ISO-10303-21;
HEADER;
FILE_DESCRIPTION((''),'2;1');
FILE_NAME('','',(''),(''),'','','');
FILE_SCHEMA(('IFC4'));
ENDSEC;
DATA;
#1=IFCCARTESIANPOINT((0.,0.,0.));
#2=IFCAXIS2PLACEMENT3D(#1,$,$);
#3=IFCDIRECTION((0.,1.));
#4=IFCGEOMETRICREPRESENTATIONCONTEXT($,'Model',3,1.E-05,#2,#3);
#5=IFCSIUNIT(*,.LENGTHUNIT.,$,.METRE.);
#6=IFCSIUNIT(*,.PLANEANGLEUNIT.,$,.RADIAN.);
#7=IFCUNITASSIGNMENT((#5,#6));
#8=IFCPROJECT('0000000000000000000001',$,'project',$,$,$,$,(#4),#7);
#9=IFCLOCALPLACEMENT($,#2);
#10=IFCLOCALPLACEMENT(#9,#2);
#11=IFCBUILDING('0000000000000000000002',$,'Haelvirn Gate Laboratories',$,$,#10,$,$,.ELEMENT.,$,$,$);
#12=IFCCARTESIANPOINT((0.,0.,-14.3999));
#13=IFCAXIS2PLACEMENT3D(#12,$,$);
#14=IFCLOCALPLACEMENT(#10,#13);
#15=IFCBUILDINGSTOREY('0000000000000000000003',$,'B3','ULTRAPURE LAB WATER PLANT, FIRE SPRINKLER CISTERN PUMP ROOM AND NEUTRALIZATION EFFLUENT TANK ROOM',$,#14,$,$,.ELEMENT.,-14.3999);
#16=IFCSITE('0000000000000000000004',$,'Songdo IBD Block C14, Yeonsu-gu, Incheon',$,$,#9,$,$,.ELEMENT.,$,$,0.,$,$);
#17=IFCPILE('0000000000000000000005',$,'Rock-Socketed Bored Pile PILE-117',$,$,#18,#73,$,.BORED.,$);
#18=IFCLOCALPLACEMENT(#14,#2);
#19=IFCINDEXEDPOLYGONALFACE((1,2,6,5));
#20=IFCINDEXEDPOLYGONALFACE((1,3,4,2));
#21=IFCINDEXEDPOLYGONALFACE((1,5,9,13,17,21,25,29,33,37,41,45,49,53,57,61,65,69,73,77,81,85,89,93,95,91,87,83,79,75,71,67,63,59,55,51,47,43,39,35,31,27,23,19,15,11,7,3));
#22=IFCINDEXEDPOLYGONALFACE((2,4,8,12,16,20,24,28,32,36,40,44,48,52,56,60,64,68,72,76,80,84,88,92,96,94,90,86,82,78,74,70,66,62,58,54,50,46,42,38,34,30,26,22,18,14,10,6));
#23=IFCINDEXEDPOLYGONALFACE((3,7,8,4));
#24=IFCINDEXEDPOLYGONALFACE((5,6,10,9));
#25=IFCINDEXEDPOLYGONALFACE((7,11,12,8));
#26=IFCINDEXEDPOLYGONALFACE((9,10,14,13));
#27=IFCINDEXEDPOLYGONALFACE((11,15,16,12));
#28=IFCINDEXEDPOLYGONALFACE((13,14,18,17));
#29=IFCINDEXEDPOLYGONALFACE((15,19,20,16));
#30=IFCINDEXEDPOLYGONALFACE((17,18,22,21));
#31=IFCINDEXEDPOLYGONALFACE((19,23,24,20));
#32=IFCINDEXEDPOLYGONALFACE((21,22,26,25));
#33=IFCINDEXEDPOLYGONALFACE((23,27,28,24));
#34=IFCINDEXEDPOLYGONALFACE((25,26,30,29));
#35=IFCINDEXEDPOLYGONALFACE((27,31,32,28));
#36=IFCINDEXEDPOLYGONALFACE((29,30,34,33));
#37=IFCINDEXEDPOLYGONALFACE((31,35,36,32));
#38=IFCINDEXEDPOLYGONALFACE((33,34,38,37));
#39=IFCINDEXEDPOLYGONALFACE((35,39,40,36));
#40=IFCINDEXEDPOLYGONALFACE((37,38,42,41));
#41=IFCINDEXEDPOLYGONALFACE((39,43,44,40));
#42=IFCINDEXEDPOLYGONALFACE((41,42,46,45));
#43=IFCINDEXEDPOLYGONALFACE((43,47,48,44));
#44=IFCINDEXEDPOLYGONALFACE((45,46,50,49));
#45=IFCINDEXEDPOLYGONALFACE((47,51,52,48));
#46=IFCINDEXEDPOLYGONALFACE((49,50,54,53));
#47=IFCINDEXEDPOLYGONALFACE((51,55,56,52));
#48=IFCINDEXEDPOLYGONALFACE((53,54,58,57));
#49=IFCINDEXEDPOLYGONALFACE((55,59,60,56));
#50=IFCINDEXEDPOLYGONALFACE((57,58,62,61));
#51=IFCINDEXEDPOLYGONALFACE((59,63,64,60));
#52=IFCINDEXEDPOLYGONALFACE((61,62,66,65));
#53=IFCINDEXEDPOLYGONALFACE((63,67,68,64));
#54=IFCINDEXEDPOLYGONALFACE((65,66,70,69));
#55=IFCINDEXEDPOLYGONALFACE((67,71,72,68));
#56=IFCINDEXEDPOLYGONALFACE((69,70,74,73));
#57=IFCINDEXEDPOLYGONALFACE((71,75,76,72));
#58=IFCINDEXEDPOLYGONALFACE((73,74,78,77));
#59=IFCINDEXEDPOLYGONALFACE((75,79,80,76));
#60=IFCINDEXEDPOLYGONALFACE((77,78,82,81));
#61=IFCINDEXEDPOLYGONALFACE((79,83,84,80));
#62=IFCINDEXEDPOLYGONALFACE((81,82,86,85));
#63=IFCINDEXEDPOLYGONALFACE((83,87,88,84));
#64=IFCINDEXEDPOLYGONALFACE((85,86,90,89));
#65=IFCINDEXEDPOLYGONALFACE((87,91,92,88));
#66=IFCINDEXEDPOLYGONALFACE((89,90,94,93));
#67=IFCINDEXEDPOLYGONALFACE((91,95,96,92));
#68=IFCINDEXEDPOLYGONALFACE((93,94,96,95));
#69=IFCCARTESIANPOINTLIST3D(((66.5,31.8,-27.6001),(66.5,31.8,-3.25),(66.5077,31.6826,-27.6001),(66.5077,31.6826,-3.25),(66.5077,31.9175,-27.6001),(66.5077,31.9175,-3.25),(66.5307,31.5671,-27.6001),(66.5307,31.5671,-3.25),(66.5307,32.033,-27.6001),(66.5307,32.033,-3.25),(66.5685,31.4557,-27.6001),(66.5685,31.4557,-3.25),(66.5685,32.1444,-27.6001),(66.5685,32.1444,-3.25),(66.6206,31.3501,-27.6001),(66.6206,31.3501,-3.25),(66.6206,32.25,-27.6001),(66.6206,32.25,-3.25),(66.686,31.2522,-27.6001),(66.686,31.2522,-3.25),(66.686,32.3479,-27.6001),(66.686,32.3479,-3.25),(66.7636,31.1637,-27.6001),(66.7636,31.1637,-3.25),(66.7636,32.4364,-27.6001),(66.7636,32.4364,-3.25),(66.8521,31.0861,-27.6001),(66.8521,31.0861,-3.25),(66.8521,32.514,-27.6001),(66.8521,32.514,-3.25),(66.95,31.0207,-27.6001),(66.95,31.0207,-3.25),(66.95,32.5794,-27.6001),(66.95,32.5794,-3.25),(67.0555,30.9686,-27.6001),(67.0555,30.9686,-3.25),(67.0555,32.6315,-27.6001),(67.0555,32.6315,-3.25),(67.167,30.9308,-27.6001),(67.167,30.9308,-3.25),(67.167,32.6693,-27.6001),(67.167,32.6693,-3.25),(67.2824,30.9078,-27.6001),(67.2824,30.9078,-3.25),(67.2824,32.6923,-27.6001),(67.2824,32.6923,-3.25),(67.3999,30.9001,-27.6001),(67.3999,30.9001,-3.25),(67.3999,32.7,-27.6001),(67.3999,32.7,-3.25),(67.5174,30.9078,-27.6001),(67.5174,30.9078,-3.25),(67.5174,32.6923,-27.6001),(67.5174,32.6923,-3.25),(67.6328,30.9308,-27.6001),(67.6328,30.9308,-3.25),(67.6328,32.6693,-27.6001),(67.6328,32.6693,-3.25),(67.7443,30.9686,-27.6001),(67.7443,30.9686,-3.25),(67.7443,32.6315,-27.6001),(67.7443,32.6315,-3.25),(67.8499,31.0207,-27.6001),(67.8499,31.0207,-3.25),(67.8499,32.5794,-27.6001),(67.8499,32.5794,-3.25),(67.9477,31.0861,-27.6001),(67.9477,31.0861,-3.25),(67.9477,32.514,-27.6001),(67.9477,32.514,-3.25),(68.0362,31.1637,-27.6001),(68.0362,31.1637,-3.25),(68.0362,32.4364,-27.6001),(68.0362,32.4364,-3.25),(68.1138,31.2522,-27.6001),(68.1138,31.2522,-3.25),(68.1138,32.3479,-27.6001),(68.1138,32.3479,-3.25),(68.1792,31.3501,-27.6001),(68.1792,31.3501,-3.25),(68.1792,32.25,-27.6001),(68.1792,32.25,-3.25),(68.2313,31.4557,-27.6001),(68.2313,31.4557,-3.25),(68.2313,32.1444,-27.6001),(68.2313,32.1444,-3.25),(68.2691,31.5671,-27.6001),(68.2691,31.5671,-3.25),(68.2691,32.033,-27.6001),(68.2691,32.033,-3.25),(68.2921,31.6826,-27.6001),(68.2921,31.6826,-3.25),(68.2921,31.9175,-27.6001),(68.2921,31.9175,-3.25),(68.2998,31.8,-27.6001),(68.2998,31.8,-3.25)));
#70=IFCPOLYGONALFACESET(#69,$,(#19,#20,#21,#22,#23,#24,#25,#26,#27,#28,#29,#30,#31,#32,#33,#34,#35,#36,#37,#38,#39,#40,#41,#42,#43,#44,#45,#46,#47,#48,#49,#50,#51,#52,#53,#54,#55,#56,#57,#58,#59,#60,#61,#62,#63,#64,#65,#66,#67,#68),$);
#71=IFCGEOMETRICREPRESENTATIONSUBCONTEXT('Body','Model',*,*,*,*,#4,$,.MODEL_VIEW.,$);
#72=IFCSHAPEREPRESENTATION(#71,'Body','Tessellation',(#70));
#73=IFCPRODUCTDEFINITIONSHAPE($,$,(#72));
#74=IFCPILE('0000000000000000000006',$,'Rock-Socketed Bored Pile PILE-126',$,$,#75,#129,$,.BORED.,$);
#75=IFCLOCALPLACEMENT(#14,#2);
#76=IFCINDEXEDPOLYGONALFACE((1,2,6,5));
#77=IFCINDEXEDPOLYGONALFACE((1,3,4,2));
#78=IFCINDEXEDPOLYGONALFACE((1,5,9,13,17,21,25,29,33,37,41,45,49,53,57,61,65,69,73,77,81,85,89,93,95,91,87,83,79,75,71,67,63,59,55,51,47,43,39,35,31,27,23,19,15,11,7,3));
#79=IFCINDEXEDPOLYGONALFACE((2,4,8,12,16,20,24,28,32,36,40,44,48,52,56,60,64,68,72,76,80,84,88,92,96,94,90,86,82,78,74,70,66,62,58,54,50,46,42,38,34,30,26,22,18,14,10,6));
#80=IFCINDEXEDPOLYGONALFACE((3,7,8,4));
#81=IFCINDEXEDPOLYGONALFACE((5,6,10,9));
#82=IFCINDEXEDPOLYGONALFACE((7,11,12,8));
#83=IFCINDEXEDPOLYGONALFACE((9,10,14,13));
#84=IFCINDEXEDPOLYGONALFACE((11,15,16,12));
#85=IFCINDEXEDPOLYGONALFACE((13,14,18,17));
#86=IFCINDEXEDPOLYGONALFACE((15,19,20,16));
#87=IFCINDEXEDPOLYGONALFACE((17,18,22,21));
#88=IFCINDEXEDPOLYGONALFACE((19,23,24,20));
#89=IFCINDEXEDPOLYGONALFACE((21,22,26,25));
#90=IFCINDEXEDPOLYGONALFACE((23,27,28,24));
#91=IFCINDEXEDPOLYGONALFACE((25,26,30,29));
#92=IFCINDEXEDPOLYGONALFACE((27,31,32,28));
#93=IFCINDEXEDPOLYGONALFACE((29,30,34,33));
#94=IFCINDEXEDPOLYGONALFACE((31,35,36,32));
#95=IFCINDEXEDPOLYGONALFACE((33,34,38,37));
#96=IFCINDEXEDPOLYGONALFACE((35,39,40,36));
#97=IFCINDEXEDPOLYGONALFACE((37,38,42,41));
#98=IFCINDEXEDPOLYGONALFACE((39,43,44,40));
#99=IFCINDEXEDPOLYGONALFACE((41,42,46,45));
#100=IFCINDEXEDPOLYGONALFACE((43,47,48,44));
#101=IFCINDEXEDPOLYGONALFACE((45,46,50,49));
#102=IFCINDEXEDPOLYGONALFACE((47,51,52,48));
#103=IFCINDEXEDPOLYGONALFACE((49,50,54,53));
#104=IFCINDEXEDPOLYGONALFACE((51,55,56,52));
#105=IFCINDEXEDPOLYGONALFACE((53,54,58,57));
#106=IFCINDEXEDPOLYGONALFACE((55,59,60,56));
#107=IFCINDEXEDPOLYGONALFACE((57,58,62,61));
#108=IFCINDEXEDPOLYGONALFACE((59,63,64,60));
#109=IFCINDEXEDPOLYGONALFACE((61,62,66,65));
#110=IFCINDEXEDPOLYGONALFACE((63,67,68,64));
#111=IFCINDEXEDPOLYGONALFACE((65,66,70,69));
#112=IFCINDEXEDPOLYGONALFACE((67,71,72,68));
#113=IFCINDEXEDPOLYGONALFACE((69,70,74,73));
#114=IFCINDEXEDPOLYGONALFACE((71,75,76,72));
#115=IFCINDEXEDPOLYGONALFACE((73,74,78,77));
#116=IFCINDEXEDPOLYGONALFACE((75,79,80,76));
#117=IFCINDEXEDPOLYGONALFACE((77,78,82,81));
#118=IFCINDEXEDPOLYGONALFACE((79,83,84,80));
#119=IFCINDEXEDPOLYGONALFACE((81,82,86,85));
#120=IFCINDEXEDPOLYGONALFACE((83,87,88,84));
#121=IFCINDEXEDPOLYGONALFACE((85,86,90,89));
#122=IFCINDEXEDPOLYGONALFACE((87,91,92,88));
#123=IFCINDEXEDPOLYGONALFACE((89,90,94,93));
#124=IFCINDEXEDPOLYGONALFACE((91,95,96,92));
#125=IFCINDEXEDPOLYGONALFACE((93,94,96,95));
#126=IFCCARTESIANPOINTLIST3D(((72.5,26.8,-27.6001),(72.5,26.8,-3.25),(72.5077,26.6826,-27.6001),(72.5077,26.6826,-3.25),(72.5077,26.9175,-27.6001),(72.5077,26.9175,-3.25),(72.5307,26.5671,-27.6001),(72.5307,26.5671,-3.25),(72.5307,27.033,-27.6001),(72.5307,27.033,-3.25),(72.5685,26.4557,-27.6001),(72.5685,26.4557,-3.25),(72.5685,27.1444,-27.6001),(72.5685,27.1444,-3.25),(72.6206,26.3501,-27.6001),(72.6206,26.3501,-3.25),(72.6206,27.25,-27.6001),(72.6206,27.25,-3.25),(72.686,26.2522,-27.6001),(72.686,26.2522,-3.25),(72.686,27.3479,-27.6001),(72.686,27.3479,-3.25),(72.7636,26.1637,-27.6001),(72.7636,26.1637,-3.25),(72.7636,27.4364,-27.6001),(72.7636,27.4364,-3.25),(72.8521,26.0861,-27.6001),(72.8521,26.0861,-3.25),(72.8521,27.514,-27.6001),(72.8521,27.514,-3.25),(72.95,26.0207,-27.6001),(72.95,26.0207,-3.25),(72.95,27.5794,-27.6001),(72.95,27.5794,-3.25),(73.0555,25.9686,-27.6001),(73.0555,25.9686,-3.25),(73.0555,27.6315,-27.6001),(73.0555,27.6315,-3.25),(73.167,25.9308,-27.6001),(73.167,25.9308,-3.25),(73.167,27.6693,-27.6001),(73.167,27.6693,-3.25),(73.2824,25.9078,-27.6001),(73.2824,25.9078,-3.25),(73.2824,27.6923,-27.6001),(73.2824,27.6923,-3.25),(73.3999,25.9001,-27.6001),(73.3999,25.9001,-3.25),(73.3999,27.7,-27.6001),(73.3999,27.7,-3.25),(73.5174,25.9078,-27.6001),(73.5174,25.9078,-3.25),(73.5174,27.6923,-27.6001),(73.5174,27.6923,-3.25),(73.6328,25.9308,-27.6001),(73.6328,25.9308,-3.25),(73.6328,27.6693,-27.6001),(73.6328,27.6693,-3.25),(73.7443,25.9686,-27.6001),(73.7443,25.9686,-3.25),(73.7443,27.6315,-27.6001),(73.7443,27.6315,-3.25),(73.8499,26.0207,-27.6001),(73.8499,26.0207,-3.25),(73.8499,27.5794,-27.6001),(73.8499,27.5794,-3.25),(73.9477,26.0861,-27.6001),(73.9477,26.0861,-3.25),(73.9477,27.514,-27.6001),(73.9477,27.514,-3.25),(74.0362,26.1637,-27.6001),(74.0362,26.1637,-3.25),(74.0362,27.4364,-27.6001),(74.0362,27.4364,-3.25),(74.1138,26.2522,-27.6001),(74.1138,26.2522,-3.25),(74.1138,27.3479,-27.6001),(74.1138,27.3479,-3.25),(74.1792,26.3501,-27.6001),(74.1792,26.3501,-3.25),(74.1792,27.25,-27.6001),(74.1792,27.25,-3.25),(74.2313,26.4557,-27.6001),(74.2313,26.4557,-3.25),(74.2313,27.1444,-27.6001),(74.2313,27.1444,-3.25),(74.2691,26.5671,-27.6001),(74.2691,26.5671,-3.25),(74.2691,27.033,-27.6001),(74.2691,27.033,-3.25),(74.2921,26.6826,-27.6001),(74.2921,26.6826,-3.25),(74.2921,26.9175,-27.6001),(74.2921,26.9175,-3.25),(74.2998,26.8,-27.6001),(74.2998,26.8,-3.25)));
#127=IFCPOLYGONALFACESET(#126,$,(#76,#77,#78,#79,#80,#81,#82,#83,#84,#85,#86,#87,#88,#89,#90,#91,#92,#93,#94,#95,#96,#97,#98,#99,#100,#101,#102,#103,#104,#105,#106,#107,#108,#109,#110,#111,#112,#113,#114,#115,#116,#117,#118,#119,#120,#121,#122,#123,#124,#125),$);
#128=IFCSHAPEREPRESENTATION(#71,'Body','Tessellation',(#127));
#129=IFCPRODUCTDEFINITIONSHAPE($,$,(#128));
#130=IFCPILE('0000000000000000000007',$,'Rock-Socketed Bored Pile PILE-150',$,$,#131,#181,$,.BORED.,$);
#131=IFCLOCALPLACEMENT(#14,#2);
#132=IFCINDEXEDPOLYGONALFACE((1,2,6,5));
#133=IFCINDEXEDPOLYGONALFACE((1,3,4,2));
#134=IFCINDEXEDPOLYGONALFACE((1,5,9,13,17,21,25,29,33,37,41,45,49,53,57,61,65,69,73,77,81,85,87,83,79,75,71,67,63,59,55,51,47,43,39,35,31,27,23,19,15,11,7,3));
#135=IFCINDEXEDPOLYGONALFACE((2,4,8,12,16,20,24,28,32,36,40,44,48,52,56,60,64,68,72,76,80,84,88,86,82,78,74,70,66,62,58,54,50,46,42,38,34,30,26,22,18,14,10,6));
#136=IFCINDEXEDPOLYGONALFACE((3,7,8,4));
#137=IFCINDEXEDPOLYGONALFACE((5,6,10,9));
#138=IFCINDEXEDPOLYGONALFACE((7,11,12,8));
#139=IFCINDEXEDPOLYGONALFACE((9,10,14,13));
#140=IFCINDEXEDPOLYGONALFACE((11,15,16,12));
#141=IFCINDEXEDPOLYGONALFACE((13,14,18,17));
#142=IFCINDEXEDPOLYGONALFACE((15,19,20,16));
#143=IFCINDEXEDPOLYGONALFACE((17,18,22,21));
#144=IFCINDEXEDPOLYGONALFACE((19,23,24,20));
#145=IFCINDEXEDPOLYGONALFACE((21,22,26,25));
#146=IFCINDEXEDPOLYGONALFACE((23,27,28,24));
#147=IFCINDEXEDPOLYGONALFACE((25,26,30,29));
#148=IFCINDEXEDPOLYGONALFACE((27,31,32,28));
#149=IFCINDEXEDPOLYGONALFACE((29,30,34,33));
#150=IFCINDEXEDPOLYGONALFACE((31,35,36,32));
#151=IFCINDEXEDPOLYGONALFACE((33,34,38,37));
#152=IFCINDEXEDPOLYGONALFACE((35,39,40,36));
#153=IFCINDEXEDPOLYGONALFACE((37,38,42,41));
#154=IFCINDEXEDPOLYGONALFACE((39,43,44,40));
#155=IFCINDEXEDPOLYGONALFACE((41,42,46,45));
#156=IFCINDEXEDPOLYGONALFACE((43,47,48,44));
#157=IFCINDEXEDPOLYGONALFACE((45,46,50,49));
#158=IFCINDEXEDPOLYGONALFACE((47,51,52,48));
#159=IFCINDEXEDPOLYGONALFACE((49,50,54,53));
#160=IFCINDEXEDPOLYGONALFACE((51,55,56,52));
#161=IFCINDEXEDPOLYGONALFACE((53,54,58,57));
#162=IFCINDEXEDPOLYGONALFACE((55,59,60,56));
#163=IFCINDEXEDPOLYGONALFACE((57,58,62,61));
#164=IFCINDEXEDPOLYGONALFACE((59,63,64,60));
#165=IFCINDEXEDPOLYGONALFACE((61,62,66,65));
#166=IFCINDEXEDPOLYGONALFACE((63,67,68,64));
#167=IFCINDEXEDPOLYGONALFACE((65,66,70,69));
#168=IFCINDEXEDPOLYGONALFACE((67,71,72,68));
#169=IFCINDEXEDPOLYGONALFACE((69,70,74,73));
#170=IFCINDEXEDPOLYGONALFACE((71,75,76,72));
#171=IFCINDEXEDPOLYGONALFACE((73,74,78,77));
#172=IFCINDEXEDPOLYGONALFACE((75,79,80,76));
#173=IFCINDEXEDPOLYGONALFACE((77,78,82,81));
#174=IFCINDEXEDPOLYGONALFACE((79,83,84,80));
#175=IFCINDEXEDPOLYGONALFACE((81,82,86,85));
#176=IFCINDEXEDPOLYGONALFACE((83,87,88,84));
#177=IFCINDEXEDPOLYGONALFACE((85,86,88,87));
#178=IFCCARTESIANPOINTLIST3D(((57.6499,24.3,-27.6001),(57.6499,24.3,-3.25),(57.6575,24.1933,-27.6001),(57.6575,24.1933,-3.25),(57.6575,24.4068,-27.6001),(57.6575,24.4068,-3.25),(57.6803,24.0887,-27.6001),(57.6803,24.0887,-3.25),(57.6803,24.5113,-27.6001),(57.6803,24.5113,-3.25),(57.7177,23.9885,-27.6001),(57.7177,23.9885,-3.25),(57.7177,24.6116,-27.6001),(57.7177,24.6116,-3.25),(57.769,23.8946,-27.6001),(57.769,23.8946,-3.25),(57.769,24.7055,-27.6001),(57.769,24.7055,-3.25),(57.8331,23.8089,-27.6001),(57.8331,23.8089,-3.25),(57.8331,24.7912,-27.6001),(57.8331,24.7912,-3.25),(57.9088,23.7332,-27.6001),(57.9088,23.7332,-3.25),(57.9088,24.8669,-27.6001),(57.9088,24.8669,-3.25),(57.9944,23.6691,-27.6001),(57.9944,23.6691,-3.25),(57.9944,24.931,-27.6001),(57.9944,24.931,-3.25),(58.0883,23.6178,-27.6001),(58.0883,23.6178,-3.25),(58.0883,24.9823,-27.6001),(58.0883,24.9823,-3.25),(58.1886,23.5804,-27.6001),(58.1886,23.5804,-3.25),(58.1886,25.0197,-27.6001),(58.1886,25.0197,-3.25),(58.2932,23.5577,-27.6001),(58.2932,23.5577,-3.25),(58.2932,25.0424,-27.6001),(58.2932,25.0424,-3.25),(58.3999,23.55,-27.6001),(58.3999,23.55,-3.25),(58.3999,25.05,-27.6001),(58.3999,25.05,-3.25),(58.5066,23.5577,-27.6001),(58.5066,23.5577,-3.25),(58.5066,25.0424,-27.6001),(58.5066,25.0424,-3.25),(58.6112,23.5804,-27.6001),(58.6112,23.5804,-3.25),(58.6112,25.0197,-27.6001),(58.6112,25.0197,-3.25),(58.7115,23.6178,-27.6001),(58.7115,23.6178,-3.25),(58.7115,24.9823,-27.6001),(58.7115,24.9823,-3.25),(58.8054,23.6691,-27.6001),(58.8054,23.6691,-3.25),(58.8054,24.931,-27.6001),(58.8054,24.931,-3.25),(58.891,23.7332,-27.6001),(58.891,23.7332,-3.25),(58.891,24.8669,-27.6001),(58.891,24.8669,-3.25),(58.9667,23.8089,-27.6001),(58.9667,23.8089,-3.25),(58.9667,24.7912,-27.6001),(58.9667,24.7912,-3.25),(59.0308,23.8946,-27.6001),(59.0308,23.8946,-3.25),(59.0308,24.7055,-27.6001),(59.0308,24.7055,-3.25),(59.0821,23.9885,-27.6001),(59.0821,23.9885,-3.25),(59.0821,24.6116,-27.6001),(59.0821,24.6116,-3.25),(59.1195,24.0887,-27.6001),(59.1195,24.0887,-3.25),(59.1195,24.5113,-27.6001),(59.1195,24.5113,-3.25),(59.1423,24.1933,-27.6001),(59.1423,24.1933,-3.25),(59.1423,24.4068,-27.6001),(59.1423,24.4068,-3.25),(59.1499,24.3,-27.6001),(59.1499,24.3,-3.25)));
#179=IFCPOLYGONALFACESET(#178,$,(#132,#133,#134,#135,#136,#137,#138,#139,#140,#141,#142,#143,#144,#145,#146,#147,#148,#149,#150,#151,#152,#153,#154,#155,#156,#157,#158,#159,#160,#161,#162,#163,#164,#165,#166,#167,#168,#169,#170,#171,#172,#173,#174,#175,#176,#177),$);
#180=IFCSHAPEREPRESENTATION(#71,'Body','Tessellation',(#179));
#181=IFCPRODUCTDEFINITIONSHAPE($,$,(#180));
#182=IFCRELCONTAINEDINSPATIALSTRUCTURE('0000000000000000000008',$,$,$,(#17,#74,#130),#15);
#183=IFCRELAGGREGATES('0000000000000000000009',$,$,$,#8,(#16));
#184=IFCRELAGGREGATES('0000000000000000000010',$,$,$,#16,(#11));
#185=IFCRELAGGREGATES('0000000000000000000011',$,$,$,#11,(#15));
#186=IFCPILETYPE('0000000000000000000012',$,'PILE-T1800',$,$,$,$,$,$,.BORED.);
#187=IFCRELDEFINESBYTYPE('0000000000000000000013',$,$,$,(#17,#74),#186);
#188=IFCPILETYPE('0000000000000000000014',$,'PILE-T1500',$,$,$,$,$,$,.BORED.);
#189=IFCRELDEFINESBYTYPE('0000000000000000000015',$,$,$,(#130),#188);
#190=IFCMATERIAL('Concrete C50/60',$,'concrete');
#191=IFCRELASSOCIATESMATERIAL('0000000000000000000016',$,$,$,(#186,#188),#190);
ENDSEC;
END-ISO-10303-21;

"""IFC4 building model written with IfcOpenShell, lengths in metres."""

from ifc_helpers import new_model, si_unit, direction, frame, origin, origin_2d, place, context, subcontext, project, spatial, circle, extrude, source, transform, mapped, material, material_profile, profile_set, type_object, type_shapes, element, save


model = new_model("IFC4")

# Units and contexts
model_context = context("Model", 3, precision=1e-05, world=origin(), true_north=direction((0.0, 1.0)))
body_context = subcontext(model_context, "Body", "Model", "MODEL_VIEW")
ifc_project = project(units=[si_unit("LENGTHUNIT", "METRE"), si_unit("PLANEANGLEUNIT", "RADIAN")], contexts=[model_context])

# Site, building, storey
site_placement = place(None, origin())
site = spatial("IfcSite", under=ifc_project, at=site_placement, Name="Songdo IBD Block C14, Yeonsu-gu, Incheon", CompositionType="ELEMENT", RefElevation=0.0)
building_placement = place(site_placement, origin())
building = spatial("IfcBuilding", under=site, at=building_placement, Name="Haelvirn Gate Laboratories", CompositionType="ELEMENT")
storey_placement = place(building_placement, frame((0.0, 0.0, -14.3999)))
storey = spatial("IfcBuildingStorey", under=building, at=storey_placement, Name="B3", Description="ULTRAPURE LAB WATER PLANT, FIRE SPRINKLER CISTERN PUMP ROOM AND NEUTRALIZATION EFFLUENT TANK ROOM", CompositionType="ELEMENT", Elevation=-14.3999)

# Piles
ifc_material_1 = material(Name="Concrete C50/60", Category="concrete")
ifc_material_profile_1 = material_profile(ifc_material_1, circle(Radius=0.8999, at=origin_2d()), Name="PILE-D1800")
ifc_profile_set_1 = profile_set([ifc_material_profile_1], Name="Concrete C50/60")
pile_type_1 = type_object("IfcPileType", Name="PILE-T1800", PredefinedType="BORED", material=ifc_profile_set_1)
shared_shape_1 = source(origin(), body_context, "Body", "SweptSolid", [
    extrude(circle(Radius=0.8999, at=origin_2d()), origin(), (0.0, 0.0, 1.0), 24.3501),
])
type_shapes(pile_type_1, [shared_shape_1])
for number, where, z_axis, x_axis, name in (
    (1, (67.3999, 31.8, -3.25), (0.0, 0.0, -1.0), (1.0, 0.0, 0.0), "Rock-Socketed Bored Pile PILE-117"),
    (2, (73.3999, 26.8, -3.25), (0.0, 0.0, -1.0), (1.0, 0.0, 0.0), "Rock-Socketed Bored Pile PILE-126"),
):
    element("IfcPile", number, at=place(storey_placement, frame(where, z_axis=z_axis, x_axis=x_axis)), inside=storey, type_object=pile_type_1, Name=name, PredefinedType="BORED", context=body_context, shape_type="MappedRepresentation", body=[
        mapped(shared_shape_1, transform((0.0, 0.0, 0.0), scale=1.0)),
    ])
ifc_material_profile_2 = material_profile(ifc_material_1, circle(Radius=0.75, at=origin_2d()), Name="PILE-D1500")
ifc_profile_set_2 = profile_set([ifc_material_profile_2], Name="Concrete C50/60")
pile_type_2 = type_object("IfcPileType", Name="PILE-T1500", PredefinedType="BORED", material=ifc_profile_set_2)
shared_shape_2 = source(origin(), body_context, "Body", "SweptSolid", [
    extrude(circle(Radius=0.75, at=origin_2d()), origin(), (0.0, 0.0, 1.0), 24.3501),
])
type_shapes(pile_type_2, [shared_shape_2])
for number, where, z_axis, x_axis, name in (
    (3, (58.3999, 24.3, -3.25), (0.0, 0.0, -1.0), (1.0, 0.0, 0.0), "Rock-Socketed Bored Pile PILE-150"),
):
    element("IfcPile", number, at=place(storey_placement, frame(where, z_axis=z_axis, x_axis=x_axis)), inside=storey, type_object=pile_type_2, Name=name, PredefinedType="BORED", context=body_context, shape_type="MappedRepresentation", body=[
        mapped(shared_shape_2, transform((0.0, 0.0, 0.0), scale=1.0)),
    ])

save(model, "model.ifc")
